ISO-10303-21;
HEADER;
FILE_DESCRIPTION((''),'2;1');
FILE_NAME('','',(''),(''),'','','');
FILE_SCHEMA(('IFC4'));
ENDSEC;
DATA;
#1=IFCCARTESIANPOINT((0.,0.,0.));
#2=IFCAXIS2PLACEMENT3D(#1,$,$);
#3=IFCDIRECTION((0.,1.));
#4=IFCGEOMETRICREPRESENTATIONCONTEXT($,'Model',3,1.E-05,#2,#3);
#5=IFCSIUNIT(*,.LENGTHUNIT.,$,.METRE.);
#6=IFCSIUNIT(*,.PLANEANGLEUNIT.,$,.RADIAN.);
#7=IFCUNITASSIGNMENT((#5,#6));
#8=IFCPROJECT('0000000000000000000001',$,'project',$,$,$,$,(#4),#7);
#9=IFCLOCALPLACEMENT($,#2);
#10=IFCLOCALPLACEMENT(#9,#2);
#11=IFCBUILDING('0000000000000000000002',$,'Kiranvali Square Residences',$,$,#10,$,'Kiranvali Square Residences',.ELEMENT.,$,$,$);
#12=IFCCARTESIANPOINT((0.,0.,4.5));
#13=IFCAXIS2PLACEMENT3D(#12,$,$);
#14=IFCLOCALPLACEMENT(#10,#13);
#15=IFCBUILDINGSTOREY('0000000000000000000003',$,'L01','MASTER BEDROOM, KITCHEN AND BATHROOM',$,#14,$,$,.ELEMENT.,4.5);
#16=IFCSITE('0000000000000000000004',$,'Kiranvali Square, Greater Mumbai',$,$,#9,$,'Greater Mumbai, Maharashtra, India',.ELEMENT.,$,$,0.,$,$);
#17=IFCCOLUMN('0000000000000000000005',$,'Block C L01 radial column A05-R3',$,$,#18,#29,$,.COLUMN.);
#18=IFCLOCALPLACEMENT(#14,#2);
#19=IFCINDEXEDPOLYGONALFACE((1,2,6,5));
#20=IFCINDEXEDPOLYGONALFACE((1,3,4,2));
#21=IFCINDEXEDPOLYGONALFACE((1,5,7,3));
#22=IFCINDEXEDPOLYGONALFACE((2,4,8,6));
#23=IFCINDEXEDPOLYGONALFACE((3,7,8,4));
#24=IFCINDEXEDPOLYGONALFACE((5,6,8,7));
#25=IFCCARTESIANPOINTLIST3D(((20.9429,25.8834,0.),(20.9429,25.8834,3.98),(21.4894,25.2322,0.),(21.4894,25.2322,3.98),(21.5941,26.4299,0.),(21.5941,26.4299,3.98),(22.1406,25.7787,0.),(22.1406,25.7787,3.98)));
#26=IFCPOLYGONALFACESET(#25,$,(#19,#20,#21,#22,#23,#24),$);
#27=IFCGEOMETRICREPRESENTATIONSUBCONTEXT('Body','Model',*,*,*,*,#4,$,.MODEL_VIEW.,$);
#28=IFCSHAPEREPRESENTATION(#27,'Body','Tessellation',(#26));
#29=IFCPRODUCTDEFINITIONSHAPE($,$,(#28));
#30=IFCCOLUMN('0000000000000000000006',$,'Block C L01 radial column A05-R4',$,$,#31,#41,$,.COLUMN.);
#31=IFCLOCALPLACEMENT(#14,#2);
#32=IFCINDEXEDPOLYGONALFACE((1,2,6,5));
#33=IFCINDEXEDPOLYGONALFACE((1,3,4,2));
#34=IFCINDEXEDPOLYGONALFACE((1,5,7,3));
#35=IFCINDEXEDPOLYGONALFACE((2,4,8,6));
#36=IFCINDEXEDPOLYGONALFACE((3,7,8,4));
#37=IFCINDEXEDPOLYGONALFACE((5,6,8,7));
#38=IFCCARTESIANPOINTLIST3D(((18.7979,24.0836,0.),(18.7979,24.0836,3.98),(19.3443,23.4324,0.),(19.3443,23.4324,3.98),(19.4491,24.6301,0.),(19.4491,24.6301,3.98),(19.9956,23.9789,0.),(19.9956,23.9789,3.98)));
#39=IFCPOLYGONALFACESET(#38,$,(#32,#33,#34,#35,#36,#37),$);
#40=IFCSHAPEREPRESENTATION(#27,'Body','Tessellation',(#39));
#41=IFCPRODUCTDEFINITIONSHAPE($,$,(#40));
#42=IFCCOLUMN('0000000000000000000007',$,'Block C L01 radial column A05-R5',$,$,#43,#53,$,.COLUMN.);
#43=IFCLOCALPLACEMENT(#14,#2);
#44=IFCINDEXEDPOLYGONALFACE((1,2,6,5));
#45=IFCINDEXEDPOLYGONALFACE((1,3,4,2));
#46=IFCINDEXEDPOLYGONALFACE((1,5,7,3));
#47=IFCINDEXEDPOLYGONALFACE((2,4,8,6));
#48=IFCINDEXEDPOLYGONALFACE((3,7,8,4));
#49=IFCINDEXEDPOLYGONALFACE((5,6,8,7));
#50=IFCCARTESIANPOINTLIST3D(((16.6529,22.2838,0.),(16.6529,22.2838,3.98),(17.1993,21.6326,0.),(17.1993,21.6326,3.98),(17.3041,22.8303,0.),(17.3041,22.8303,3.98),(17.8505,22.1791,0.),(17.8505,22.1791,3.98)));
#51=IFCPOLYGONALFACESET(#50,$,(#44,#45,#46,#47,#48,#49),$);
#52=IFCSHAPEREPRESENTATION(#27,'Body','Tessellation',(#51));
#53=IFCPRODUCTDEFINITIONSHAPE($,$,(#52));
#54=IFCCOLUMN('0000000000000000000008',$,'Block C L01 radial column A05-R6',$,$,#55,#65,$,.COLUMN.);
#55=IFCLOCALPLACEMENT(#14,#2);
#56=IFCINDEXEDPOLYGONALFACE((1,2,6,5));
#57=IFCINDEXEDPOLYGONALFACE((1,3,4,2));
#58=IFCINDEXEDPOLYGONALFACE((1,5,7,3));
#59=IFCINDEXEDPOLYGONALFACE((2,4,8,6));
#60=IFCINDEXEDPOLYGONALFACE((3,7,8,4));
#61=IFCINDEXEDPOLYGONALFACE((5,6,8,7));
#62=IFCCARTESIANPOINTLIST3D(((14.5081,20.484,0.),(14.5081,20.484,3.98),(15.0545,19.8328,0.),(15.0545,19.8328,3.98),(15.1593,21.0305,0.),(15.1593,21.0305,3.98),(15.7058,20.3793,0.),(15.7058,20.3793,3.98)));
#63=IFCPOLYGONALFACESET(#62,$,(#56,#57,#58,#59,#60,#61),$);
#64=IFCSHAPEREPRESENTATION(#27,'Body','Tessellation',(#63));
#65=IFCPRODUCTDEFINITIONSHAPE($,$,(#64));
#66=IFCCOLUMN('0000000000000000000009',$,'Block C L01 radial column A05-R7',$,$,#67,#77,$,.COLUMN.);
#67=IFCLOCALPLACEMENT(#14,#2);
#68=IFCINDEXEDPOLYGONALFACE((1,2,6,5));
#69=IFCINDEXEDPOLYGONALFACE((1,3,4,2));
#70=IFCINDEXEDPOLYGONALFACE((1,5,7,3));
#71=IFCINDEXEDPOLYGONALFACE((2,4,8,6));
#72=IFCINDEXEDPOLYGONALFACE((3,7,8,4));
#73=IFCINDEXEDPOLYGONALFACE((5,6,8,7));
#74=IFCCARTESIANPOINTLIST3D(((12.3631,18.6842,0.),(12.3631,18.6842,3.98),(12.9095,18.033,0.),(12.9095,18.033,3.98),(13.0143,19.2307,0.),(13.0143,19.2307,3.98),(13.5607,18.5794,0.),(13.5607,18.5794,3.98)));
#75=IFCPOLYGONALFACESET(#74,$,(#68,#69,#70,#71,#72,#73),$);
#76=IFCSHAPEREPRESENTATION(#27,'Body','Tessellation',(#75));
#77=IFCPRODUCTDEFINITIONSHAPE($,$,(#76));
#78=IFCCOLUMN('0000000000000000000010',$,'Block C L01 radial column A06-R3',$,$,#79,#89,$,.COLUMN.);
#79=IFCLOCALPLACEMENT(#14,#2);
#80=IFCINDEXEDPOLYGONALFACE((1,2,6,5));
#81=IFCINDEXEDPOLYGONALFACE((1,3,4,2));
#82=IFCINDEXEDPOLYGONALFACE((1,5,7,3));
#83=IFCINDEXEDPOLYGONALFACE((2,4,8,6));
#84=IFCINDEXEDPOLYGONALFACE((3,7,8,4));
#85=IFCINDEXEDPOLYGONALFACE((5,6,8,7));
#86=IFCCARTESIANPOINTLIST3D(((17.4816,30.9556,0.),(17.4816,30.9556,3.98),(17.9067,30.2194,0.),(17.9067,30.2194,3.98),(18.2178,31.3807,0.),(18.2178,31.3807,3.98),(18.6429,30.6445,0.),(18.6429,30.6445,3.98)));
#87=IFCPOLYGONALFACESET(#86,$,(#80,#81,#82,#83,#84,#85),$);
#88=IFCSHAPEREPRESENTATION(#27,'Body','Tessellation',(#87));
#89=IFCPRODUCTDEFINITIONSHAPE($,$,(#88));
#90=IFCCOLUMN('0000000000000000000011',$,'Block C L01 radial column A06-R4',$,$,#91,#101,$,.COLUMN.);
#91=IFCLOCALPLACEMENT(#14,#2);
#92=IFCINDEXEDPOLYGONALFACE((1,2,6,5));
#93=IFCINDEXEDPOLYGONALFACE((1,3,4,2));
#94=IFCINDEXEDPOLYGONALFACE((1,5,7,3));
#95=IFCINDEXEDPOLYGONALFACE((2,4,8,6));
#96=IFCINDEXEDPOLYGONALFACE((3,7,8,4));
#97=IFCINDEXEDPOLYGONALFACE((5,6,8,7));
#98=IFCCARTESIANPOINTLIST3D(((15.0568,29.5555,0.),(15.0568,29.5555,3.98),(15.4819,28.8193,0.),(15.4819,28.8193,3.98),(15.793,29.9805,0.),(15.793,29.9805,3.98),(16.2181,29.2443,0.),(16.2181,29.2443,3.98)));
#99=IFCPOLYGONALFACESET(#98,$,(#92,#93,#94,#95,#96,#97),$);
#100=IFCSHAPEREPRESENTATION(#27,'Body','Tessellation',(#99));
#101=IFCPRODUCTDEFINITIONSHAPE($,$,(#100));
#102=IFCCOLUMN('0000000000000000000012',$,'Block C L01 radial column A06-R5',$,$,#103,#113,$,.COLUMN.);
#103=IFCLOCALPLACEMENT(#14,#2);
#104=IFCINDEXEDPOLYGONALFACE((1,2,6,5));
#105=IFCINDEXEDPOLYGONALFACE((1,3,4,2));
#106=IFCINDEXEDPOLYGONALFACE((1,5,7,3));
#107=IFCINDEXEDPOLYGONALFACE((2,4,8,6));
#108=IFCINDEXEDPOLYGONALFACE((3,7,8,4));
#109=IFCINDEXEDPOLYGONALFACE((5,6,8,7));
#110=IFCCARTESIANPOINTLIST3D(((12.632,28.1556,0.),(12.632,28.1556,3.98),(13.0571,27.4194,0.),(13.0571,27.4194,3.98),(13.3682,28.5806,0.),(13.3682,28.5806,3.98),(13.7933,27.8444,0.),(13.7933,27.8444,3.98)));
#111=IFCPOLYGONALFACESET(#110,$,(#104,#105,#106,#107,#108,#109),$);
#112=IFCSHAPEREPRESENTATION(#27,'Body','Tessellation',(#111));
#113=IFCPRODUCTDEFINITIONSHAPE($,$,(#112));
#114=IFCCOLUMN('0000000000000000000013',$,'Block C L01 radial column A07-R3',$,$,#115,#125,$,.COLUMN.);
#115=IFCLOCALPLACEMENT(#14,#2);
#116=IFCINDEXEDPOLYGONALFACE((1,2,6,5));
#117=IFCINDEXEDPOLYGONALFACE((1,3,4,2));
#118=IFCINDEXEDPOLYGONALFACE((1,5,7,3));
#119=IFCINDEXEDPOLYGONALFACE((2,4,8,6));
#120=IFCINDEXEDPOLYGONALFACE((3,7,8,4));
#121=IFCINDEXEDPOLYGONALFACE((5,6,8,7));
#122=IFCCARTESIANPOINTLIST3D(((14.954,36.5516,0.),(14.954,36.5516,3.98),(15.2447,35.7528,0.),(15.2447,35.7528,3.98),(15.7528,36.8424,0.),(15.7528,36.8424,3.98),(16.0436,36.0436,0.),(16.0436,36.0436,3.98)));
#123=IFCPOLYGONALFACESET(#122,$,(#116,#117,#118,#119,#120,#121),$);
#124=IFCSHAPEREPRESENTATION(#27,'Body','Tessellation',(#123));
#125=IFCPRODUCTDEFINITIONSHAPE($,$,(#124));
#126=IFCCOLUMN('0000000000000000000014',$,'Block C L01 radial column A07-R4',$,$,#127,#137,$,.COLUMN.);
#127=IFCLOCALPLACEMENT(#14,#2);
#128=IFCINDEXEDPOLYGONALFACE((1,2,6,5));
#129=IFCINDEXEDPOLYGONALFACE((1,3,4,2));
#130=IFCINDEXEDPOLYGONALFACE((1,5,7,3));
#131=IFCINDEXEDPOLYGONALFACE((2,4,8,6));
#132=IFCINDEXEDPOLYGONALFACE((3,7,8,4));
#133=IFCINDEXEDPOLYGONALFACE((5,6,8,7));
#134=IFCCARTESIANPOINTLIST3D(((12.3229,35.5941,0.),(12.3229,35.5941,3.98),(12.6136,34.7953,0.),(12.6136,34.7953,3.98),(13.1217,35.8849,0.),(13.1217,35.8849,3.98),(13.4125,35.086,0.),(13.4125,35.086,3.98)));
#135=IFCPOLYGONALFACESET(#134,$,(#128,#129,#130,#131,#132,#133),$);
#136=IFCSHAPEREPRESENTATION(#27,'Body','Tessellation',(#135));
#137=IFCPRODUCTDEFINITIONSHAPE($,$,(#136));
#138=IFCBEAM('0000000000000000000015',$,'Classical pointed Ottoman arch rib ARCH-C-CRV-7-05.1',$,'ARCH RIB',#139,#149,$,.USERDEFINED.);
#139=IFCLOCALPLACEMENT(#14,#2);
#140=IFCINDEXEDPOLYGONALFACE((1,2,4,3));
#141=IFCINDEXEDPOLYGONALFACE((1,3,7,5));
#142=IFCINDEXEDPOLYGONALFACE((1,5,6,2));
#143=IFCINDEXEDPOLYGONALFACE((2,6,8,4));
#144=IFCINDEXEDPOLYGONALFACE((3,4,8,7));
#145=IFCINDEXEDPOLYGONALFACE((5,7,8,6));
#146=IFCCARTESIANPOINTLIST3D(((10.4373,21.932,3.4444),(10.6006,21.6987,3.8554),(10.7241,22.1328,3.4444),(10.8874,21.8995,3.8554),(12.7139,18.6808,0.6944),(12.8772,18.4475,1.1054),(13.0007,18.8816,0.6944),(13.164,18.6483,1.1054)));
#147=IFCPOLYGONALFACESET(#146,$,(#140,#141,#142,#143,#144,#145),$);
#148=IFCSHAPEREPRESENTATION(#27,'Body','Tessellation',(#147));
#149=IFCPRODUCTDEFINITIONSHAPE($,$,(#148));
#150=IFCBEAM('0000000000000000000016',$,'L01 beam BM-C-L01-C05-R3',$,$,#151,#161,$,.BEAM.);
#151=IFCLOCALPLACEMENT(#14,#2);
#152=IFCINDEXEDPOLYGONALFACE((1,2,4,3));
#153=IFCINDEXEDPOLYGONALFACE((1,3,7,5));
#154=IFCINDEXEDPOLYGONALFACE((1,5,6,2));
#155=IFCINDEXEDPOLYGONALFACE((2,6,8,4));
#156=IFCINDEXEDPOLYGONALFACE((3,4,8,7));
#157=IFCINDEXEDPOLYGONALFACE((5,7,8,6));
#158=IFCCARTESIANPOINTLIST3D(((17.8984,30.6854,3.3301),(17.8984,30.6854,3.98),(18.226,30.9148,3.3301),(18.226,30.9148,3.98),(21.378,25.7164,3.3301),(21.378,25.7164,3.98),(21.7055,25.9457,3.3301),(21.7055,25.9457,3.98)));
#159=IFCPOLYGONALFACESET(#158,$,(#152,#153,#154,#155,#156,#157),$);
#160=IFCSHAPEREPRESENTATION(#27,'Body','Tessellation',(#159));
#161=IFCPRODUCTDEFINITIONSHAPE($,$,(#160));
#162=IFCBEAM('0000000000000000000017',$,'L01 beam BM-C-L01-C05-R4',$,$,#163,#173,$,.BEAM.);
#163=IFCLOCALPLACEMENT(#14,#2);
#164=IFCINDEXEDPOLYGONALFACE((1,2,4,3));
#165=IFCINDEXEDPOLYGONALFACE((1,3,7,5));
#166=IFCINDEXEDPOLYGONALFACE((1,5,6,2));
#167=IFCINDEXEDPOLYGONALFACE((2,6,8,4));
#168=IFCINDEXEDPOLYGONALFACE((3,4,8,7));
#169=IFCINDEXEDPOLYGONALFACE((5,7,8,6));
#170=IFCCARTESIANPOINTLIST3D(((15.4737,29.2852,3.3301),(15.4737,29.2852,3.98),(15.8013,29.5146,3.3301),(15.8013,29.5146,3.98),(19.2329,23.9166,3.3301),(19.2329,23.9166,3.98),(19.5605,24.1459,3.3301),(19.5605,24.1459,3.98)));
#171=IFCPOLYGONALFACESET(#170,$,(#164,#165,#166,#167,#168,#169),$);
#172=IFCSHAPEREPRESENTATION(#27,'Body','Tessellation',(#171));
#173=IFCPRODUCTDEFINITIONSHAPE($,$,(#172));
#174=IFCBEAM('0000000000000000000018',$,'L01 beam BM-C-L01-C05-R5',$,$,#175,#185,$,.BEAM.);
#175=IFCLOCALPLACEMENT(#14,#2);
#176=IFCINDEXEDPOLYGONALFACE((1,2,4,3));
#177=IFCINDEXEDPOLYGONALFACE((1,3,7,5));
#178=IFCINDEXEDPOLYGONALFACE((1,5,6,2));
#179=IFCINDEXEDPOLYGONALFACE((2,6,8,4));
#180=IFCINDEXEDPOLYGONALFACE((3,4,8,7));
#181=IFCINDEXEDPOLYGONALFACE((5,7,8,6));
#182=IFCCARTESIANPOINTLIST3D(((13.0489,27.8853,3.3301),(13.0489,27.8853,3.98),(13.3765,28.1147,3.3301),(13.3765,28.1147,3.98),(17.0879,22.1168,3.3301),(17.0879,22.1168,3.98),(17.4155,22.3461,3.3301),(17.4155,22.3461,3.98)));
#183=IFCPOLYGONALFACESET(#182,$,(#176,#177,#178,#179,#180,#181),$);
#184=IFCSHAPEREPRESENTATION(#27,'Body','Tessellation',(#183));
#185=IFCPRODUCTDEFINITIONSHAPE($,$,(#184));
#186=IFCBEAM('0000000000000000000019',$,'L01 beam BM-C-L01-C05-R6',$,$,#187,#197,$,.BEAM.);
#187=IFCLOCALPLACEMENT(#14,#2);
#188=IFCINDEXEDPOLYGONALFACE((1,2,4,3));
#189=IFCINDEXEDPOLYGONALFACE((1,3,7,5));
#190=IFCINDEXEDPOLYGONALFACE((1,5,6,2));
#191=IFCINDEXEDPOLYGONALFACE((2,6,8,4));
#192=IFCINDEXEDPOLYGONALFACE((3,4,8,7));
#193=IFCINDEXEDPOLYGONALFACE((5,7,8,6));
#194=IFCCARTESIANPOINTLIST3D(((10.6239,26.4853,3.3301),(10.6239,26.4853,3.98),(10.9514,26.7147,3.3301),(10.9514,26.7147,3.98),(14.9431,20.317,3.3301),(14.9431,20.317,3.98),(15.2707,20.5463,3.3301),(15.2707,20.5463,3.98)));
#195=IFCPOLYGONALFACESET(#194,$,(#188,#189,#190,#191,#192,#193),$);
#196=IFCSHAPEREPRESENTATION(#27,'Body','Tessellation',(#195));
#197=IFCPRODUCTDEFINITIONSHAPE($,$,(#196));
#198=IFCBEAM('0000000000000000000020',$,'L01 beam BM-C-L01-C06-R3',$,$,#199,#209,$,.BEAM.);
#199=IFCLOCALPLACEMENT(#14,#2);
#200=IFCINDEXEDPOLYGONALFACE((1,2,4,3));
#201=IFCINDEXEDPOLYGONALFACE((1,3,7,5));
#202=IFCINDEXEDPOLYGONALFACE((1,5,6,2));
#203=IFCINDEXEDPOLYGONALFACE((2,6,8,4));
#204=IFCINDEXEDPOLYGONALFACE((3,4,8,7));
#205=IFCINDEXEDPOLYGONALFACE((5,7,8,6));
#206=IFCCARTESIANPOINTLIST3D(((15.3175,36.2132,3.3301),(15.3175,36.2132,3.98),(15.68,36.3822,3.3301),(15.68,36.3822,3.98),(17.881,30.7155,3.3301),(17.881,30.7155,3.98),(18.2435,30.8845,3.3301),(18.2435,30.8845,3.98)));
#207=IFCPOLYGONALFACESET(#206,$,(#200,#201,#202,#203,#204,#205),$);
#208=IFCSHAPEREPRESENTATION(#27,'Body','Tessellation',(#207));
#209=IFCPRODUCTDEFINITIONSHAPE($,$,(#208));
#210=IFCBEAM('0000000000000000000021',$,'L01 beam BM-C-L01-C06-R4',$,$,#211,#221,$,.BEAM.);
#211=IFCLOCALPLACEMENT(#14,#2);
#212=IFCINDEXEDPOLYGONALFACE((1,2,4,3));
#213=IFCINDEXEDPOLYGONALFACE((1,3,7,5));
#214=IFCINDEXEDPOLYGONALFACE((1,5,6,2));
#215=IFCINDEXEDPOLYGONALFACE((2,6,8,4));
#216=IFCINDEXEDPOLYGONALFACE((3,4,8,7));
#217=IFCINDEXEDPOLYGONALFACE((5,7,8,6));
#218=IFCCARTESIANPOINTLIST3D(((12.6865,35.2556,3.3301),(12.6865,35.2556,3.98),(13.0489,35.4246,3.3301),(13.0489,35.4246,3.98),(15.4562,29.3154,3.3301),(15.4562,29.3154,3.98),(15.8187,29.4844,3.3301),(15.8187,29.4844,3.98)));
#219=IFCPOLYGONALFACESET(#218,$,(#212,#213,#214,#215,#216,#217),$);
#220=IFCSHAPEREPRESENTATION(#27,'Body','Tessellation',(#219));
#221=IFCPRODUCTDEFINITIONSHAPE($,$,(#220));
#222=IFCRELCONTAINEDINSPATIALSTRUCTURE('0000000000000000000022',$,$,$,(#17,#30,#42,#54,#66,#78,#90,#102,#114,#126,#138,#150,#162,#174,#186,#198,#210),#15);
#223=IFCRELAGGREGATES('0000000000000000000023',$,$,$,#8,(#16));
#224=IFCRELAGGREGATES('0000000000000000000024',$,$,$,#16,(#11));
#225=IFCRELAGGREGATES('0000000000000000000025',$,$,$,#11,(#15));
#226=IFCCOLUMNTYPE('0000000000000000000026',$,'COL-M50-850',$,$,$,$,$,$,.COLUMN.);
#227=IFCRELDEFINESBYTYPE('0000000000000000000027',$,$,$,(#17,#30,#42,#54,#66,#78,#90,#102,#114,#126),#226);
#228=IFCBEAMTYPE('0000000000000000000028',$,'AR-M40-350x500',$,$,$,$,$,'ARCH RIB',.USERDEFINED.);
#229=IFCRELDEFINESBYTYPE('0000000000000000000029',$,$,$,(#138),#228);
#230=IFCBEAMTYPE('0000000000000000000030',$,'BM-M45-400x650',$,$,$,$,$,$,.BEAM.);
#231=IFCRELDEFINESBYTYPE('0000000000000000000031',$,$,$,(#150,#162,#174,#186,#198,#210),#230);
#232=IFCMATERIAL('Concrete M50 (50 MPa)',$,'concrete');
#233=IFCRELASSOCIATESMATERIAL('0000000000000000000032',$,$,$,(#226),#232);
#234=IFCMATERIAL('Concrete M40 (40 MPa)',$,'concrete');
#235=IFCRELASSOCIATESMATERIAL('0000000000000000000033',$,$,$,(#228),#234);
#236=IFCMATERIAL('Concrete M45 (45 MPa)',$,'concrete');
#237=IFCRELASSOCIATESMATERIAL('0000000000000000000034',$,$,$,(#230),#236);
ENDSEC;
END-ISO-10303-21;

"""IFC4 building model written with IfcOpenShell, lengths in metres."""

from ifc_helpers import new_model, si_unit, direction, frame, origin, origin_2d, place, context, subcontext, project, spatial, rectangle, extrude, material, material_profile, profile_set, type_object, element, save


model = new_model("IFC4")

# Units and contexts
model_context = context("Model", 3, precision=1e-05, world=origin(), true_north=direction((0.0, 1.0)))
body_context = subcontext(model_context, "Body", "Model", "MODEL_VIEW")
ifc_project = project(units=[si_unit("LENGTHUNIT", "METRE"), si_unit("PLANEANGLEUNIT", "RADIAN")], contexts=[model_context])

# Site, building, storey
site_placement = place(None, origin())
site = spatial("IfcSite", under=ifc_project, at=site_placement, Name="Kiranvali Square, Greater Mumbai", LongName="Greater Mumbai, Maharashtra, India", CompositionType="ELEMENT", RefElevation=0.0)
building_placement = place(site_placement, origin())
building = spatial("IfcBuilding", under=site, at=building_placement, Name="Kiranvali Square Residences", LongName="Kiranvali Square Residences", CompositionType="ELEMENT")
storey_placement = place(building_placement, frame((0.0, 0.0, 4.5)))
storey = spatial("IfcBuildingStorey", under=building, at=storey_placement, Name="L01", Description="MASTER BEDROOM, KITCHEN AND BATHROOM", CompositionType="ELEMENT", Elevation=4.5)

# Columns
ifc_material_1 = material(Name="Concrete M50 (50 MPa)", Category="concrete")
ifc_material_profile_1 = material_profile(ifc_material_1, rectangle(XDim=0.8501, YDim=0.8501, at=origin_2d()), Name="RC 850x850")
ifc_profile_set_1 = profile_set([ifc_material_profile_1], Name="Concrete M50 (50 MPa)")
column_type = type_object("IfcColumnType", Name="COL-M50-850", PredefinedType="COLUMN", material=ifc_profile_set_1)
for number, where, z_axis, x_axis, name in (
    (1, (21.5417, 25.8311, 0.0), (0.0, 0.0, 1.0), (-0.642788, 0.766044, 0.0), "Block C L01 radial column A05-R3"),
    (2, (19.3967, 24.0312, 0.0), (0.0, 0.0, 1.0), (-0.642788, 0.766044, 0.0), "Block C L01 radial column A05-R4"),
    (3, (17.2517, 22.2314, 0.0), (0.0, 0.0, 1.0), (-0.642788, 0.766044, 0.0), "Block C L01 radial column A05-R5"),
    (4, (15.1069, 20.4316, 0.0), (0.0, 0.0, 1.0), (-0.642788, 0.766044, 0.0), "Block C L01 radial column A05-R6"),
    (5, (12.9619, 18.6318, 0.0), (0.0, 0.0, 1.0), (-0.642788, 0.766044, 0.0), "Block C L01 radial column A05-R7"),
    (6, (18.0623, 30.8, 0.0), (0.0, 0.0, 1.0), (-0.5, 0.866025, 0.0), "Block C L01 radial column A06-R3"),
    (7, (15.6375, 29.3999, 0.0), (0.0, 0.0, 1.0), (-0.5, 0.866025, 0.0), "Block C L01 radial column A06-R4"),
    (8, (13.2126, 28.0, 0.0), (0.0, 0.0, 1.0), (-0.5, 0.866025, 0.0), "Block C L01 radial column A06-R5"),
    (9, (15.4988, 36.2976, 0.0), (0.0, 0.0, 1.0), (-0.34202, 0.939693, 0.0), "Block C L01 radial column A07-R3"),
    (10, (12.8677, 35.3401, 0.0), (0.0, 0.0, 1.0), (-0.34202, 0.939693, 0.0), "Block C L01 radial column A07-R4"),
):
    element("IfcColumn", number, at=place(storey_placement, frame(where, z_axis=z_axis, x_axis=x_axis)), inside=storey, type_object=column_type, Name=name, PredefinedType="COLUMN", context=body_context, shape_type="SweptSolid", body=[
        extrude(rectangle(XDim=0.8501, YDim=0.8501, at=origin_2d()), origin(), (0.0, 0.0, 1.0), 3.98),
    ])

# Beams
ifc_material_2 = material(Name="Concrete M40 (40 MPa)", Category="concrete")
ifc_material_profile_2 = material_profile(ifc_material_2, rectangle(XDim=0.3501, YDim=0.5, at=origin_2d()), Name="RC 350x500")
ifc_profile_set_2 = profile_set([ifc_material_profile_2], Name="Concrete M40 (40 MPa)")
beam_type_1 = type_object("IfcBeamType", Name="AR-M40-350x500", ElementType="ARCH RIB", PredefinedType="USERDEFINED", material=ifc_profile_set_2)
beam_1_placement = place(storey_placement, frame((12.939, 18.6646, 0.8999), z_axis=(-0.47148, 0.673318, 0.569517), x_axis=(-0.819142, -0.57359, 0.0)))
element("IfcBeam", 11, at=beam_1_placement, inside=storey, type_object=beam_type_1, Name="Classical pointed Ottoman arch rib ARCH-C-CRV-7-05.1", ObjectType="ARCH RIB", PredefinedType="USERDEFINED", context=body_context, shape_type="SweptSolid", body=[
    extrude(rectangle(XDim=0.3501, YDim=0.5, at=origin_2d()), origin(), (0.0, 0.0, 1.0), 4.8286),
])
ifc_material_3 = material(Name="Concrete M45 (45 MPa)", Category="concrete")
ifc_material_profile_3 = material_profile(ifc_material_3, rectangle(XDim=0.3999, YDim=0.6499, at=origin_2d()), Name="RC 400x650")
ifc_profile_set_3 = profile_set([ifc_material_profile_3], Name="Concrete M45 (45 MPa)")
beam_type_2 = type_object("IfcBeamType", Name="BM-M45-400x650", PredefinedType="BEAM", material=ifc_profile_set_3)
beam_2_placement = place(storey_placement, frame((21.5417, 25.8311, 3.655), z_axis=(-0.573595, 0.819139, 0.0), x_axis=(-0.819139, -0.573595, 0.0)))
element("IfcBeam", 12, at=beam_2_placement, inside=storey, type_object=beam_type_2, Name="L01 beam BM-C-L01-C05-R3", PredefinedType="BEAM", context=body_context, shape_type="SweptSolid", body=[
    extrude(rectangle(XDim=0.3999, YDim=0.6499, at=origin_2d()), origin(), (0.0, 0.0, 1.0), 6.0662),
])
beam_3_placement = place(storey_placement, frame((19.3967, 24.0312, 3.655), z_axis=(-0.573587, 0.819144, 0.0), x_axis=(-0.819144, -0.573587, 0.0)))
element("IfcBeam", 13, at=beam_3_placement, inside=storey, type_object=beam_type_2, Name="L01 beam BM-C-L01-C05-R4", PredefinedType="BEAM", context=body_context, shape_type="SweptSolid", body=[
    extrude(rectangle(XDim=0.3999, YDim=0.6499, at=origin_2d()), origin(), (0.0, 0.0, 1.0), 6.554),
])
beam_4_placement = place(storey_placement, frame((17.2517, 22.2314, 3.655), z_axis=(-0.573565, 0.81916, 0.0), x_axis=(-0.81916, -0.573565, 0.0)))
element("IfcBeam", 14, at=beam_4_placement, inside=storey, type_object=beam_type_2, Name="L01 beam BM-C-L01-C05-R5", PredefinedType="BEAM", context=body_context, shape_type="SweptSolid", body=[
    extrude(rectangle(XDim=0.3999, YDim=0.6499, at=origin_2d()), origin(), (0.0, 0.0, 1.0), 7.042),
])
beam_5_placement = place(storey_placement, frame((15.1069, 20.4316, 3.655), z_axis=(-0.573589, 0.819144, 0.0), x_axis=(-0.819144, -0.573589, 0.0)))
element("IfcBeam", 15, at=beam_5_placement, inside=storey, type_object=beam_type_2, Name="L01 beam BM-C-L01-C05-R6", PredefinedType="BEAM", context=body_context, shape_type="SweptSolid", body=[
    extrude(rectangle(XDim=0.3999, YDim=0.6499, at=origin_2d()), origin(), (0.0, 0.0, 1.0), 7.5303),
])
beam_6_placement = place(storey_placement, frame((18.0623, 30.8, 3.655), z_axis=(-0.422608, 0.906313, 0.0), x_axis=(-0.906313, -0.422608, 0.0)))
element("IfcBeam", 16, at=beam_6_placement, inside=storey, type_object=beam_type_2, Name="L01 beam BM-C-L01-C06-R3", PredefinedType="BEAM", context=body_context, shape_type="SweptSolid", body=[
    extrude(rectangle(XDim=0.3999, YDim=0.6499, at=origin_2d()), origin(), (0.0, 0.0, 1.0), 6.0659),
])
beam_7_placement = place(storey_placement, frame((15.6375, 29.3999, 3.655), z_axis=(-0.422596, 0.906318, 0.0), x_axis=(-0.906318, -0.422596, 0.0)))
element("IfcBeam", 17, at=beam_7_placement, inside=storey, type_object=beam_type_2, Name="L01 beam BM-C-L01-C06-R4", PredefinedType="BEAM", context=body_context, shape_type="SweptSolid", body=[
    extrude(rectangle(XDim=0.3999, YDim=0.6499, at=origin_2d()), origin(), (0.0, 0.0, 1.0), 6.5542),
])

save(model, "model.ifc")
